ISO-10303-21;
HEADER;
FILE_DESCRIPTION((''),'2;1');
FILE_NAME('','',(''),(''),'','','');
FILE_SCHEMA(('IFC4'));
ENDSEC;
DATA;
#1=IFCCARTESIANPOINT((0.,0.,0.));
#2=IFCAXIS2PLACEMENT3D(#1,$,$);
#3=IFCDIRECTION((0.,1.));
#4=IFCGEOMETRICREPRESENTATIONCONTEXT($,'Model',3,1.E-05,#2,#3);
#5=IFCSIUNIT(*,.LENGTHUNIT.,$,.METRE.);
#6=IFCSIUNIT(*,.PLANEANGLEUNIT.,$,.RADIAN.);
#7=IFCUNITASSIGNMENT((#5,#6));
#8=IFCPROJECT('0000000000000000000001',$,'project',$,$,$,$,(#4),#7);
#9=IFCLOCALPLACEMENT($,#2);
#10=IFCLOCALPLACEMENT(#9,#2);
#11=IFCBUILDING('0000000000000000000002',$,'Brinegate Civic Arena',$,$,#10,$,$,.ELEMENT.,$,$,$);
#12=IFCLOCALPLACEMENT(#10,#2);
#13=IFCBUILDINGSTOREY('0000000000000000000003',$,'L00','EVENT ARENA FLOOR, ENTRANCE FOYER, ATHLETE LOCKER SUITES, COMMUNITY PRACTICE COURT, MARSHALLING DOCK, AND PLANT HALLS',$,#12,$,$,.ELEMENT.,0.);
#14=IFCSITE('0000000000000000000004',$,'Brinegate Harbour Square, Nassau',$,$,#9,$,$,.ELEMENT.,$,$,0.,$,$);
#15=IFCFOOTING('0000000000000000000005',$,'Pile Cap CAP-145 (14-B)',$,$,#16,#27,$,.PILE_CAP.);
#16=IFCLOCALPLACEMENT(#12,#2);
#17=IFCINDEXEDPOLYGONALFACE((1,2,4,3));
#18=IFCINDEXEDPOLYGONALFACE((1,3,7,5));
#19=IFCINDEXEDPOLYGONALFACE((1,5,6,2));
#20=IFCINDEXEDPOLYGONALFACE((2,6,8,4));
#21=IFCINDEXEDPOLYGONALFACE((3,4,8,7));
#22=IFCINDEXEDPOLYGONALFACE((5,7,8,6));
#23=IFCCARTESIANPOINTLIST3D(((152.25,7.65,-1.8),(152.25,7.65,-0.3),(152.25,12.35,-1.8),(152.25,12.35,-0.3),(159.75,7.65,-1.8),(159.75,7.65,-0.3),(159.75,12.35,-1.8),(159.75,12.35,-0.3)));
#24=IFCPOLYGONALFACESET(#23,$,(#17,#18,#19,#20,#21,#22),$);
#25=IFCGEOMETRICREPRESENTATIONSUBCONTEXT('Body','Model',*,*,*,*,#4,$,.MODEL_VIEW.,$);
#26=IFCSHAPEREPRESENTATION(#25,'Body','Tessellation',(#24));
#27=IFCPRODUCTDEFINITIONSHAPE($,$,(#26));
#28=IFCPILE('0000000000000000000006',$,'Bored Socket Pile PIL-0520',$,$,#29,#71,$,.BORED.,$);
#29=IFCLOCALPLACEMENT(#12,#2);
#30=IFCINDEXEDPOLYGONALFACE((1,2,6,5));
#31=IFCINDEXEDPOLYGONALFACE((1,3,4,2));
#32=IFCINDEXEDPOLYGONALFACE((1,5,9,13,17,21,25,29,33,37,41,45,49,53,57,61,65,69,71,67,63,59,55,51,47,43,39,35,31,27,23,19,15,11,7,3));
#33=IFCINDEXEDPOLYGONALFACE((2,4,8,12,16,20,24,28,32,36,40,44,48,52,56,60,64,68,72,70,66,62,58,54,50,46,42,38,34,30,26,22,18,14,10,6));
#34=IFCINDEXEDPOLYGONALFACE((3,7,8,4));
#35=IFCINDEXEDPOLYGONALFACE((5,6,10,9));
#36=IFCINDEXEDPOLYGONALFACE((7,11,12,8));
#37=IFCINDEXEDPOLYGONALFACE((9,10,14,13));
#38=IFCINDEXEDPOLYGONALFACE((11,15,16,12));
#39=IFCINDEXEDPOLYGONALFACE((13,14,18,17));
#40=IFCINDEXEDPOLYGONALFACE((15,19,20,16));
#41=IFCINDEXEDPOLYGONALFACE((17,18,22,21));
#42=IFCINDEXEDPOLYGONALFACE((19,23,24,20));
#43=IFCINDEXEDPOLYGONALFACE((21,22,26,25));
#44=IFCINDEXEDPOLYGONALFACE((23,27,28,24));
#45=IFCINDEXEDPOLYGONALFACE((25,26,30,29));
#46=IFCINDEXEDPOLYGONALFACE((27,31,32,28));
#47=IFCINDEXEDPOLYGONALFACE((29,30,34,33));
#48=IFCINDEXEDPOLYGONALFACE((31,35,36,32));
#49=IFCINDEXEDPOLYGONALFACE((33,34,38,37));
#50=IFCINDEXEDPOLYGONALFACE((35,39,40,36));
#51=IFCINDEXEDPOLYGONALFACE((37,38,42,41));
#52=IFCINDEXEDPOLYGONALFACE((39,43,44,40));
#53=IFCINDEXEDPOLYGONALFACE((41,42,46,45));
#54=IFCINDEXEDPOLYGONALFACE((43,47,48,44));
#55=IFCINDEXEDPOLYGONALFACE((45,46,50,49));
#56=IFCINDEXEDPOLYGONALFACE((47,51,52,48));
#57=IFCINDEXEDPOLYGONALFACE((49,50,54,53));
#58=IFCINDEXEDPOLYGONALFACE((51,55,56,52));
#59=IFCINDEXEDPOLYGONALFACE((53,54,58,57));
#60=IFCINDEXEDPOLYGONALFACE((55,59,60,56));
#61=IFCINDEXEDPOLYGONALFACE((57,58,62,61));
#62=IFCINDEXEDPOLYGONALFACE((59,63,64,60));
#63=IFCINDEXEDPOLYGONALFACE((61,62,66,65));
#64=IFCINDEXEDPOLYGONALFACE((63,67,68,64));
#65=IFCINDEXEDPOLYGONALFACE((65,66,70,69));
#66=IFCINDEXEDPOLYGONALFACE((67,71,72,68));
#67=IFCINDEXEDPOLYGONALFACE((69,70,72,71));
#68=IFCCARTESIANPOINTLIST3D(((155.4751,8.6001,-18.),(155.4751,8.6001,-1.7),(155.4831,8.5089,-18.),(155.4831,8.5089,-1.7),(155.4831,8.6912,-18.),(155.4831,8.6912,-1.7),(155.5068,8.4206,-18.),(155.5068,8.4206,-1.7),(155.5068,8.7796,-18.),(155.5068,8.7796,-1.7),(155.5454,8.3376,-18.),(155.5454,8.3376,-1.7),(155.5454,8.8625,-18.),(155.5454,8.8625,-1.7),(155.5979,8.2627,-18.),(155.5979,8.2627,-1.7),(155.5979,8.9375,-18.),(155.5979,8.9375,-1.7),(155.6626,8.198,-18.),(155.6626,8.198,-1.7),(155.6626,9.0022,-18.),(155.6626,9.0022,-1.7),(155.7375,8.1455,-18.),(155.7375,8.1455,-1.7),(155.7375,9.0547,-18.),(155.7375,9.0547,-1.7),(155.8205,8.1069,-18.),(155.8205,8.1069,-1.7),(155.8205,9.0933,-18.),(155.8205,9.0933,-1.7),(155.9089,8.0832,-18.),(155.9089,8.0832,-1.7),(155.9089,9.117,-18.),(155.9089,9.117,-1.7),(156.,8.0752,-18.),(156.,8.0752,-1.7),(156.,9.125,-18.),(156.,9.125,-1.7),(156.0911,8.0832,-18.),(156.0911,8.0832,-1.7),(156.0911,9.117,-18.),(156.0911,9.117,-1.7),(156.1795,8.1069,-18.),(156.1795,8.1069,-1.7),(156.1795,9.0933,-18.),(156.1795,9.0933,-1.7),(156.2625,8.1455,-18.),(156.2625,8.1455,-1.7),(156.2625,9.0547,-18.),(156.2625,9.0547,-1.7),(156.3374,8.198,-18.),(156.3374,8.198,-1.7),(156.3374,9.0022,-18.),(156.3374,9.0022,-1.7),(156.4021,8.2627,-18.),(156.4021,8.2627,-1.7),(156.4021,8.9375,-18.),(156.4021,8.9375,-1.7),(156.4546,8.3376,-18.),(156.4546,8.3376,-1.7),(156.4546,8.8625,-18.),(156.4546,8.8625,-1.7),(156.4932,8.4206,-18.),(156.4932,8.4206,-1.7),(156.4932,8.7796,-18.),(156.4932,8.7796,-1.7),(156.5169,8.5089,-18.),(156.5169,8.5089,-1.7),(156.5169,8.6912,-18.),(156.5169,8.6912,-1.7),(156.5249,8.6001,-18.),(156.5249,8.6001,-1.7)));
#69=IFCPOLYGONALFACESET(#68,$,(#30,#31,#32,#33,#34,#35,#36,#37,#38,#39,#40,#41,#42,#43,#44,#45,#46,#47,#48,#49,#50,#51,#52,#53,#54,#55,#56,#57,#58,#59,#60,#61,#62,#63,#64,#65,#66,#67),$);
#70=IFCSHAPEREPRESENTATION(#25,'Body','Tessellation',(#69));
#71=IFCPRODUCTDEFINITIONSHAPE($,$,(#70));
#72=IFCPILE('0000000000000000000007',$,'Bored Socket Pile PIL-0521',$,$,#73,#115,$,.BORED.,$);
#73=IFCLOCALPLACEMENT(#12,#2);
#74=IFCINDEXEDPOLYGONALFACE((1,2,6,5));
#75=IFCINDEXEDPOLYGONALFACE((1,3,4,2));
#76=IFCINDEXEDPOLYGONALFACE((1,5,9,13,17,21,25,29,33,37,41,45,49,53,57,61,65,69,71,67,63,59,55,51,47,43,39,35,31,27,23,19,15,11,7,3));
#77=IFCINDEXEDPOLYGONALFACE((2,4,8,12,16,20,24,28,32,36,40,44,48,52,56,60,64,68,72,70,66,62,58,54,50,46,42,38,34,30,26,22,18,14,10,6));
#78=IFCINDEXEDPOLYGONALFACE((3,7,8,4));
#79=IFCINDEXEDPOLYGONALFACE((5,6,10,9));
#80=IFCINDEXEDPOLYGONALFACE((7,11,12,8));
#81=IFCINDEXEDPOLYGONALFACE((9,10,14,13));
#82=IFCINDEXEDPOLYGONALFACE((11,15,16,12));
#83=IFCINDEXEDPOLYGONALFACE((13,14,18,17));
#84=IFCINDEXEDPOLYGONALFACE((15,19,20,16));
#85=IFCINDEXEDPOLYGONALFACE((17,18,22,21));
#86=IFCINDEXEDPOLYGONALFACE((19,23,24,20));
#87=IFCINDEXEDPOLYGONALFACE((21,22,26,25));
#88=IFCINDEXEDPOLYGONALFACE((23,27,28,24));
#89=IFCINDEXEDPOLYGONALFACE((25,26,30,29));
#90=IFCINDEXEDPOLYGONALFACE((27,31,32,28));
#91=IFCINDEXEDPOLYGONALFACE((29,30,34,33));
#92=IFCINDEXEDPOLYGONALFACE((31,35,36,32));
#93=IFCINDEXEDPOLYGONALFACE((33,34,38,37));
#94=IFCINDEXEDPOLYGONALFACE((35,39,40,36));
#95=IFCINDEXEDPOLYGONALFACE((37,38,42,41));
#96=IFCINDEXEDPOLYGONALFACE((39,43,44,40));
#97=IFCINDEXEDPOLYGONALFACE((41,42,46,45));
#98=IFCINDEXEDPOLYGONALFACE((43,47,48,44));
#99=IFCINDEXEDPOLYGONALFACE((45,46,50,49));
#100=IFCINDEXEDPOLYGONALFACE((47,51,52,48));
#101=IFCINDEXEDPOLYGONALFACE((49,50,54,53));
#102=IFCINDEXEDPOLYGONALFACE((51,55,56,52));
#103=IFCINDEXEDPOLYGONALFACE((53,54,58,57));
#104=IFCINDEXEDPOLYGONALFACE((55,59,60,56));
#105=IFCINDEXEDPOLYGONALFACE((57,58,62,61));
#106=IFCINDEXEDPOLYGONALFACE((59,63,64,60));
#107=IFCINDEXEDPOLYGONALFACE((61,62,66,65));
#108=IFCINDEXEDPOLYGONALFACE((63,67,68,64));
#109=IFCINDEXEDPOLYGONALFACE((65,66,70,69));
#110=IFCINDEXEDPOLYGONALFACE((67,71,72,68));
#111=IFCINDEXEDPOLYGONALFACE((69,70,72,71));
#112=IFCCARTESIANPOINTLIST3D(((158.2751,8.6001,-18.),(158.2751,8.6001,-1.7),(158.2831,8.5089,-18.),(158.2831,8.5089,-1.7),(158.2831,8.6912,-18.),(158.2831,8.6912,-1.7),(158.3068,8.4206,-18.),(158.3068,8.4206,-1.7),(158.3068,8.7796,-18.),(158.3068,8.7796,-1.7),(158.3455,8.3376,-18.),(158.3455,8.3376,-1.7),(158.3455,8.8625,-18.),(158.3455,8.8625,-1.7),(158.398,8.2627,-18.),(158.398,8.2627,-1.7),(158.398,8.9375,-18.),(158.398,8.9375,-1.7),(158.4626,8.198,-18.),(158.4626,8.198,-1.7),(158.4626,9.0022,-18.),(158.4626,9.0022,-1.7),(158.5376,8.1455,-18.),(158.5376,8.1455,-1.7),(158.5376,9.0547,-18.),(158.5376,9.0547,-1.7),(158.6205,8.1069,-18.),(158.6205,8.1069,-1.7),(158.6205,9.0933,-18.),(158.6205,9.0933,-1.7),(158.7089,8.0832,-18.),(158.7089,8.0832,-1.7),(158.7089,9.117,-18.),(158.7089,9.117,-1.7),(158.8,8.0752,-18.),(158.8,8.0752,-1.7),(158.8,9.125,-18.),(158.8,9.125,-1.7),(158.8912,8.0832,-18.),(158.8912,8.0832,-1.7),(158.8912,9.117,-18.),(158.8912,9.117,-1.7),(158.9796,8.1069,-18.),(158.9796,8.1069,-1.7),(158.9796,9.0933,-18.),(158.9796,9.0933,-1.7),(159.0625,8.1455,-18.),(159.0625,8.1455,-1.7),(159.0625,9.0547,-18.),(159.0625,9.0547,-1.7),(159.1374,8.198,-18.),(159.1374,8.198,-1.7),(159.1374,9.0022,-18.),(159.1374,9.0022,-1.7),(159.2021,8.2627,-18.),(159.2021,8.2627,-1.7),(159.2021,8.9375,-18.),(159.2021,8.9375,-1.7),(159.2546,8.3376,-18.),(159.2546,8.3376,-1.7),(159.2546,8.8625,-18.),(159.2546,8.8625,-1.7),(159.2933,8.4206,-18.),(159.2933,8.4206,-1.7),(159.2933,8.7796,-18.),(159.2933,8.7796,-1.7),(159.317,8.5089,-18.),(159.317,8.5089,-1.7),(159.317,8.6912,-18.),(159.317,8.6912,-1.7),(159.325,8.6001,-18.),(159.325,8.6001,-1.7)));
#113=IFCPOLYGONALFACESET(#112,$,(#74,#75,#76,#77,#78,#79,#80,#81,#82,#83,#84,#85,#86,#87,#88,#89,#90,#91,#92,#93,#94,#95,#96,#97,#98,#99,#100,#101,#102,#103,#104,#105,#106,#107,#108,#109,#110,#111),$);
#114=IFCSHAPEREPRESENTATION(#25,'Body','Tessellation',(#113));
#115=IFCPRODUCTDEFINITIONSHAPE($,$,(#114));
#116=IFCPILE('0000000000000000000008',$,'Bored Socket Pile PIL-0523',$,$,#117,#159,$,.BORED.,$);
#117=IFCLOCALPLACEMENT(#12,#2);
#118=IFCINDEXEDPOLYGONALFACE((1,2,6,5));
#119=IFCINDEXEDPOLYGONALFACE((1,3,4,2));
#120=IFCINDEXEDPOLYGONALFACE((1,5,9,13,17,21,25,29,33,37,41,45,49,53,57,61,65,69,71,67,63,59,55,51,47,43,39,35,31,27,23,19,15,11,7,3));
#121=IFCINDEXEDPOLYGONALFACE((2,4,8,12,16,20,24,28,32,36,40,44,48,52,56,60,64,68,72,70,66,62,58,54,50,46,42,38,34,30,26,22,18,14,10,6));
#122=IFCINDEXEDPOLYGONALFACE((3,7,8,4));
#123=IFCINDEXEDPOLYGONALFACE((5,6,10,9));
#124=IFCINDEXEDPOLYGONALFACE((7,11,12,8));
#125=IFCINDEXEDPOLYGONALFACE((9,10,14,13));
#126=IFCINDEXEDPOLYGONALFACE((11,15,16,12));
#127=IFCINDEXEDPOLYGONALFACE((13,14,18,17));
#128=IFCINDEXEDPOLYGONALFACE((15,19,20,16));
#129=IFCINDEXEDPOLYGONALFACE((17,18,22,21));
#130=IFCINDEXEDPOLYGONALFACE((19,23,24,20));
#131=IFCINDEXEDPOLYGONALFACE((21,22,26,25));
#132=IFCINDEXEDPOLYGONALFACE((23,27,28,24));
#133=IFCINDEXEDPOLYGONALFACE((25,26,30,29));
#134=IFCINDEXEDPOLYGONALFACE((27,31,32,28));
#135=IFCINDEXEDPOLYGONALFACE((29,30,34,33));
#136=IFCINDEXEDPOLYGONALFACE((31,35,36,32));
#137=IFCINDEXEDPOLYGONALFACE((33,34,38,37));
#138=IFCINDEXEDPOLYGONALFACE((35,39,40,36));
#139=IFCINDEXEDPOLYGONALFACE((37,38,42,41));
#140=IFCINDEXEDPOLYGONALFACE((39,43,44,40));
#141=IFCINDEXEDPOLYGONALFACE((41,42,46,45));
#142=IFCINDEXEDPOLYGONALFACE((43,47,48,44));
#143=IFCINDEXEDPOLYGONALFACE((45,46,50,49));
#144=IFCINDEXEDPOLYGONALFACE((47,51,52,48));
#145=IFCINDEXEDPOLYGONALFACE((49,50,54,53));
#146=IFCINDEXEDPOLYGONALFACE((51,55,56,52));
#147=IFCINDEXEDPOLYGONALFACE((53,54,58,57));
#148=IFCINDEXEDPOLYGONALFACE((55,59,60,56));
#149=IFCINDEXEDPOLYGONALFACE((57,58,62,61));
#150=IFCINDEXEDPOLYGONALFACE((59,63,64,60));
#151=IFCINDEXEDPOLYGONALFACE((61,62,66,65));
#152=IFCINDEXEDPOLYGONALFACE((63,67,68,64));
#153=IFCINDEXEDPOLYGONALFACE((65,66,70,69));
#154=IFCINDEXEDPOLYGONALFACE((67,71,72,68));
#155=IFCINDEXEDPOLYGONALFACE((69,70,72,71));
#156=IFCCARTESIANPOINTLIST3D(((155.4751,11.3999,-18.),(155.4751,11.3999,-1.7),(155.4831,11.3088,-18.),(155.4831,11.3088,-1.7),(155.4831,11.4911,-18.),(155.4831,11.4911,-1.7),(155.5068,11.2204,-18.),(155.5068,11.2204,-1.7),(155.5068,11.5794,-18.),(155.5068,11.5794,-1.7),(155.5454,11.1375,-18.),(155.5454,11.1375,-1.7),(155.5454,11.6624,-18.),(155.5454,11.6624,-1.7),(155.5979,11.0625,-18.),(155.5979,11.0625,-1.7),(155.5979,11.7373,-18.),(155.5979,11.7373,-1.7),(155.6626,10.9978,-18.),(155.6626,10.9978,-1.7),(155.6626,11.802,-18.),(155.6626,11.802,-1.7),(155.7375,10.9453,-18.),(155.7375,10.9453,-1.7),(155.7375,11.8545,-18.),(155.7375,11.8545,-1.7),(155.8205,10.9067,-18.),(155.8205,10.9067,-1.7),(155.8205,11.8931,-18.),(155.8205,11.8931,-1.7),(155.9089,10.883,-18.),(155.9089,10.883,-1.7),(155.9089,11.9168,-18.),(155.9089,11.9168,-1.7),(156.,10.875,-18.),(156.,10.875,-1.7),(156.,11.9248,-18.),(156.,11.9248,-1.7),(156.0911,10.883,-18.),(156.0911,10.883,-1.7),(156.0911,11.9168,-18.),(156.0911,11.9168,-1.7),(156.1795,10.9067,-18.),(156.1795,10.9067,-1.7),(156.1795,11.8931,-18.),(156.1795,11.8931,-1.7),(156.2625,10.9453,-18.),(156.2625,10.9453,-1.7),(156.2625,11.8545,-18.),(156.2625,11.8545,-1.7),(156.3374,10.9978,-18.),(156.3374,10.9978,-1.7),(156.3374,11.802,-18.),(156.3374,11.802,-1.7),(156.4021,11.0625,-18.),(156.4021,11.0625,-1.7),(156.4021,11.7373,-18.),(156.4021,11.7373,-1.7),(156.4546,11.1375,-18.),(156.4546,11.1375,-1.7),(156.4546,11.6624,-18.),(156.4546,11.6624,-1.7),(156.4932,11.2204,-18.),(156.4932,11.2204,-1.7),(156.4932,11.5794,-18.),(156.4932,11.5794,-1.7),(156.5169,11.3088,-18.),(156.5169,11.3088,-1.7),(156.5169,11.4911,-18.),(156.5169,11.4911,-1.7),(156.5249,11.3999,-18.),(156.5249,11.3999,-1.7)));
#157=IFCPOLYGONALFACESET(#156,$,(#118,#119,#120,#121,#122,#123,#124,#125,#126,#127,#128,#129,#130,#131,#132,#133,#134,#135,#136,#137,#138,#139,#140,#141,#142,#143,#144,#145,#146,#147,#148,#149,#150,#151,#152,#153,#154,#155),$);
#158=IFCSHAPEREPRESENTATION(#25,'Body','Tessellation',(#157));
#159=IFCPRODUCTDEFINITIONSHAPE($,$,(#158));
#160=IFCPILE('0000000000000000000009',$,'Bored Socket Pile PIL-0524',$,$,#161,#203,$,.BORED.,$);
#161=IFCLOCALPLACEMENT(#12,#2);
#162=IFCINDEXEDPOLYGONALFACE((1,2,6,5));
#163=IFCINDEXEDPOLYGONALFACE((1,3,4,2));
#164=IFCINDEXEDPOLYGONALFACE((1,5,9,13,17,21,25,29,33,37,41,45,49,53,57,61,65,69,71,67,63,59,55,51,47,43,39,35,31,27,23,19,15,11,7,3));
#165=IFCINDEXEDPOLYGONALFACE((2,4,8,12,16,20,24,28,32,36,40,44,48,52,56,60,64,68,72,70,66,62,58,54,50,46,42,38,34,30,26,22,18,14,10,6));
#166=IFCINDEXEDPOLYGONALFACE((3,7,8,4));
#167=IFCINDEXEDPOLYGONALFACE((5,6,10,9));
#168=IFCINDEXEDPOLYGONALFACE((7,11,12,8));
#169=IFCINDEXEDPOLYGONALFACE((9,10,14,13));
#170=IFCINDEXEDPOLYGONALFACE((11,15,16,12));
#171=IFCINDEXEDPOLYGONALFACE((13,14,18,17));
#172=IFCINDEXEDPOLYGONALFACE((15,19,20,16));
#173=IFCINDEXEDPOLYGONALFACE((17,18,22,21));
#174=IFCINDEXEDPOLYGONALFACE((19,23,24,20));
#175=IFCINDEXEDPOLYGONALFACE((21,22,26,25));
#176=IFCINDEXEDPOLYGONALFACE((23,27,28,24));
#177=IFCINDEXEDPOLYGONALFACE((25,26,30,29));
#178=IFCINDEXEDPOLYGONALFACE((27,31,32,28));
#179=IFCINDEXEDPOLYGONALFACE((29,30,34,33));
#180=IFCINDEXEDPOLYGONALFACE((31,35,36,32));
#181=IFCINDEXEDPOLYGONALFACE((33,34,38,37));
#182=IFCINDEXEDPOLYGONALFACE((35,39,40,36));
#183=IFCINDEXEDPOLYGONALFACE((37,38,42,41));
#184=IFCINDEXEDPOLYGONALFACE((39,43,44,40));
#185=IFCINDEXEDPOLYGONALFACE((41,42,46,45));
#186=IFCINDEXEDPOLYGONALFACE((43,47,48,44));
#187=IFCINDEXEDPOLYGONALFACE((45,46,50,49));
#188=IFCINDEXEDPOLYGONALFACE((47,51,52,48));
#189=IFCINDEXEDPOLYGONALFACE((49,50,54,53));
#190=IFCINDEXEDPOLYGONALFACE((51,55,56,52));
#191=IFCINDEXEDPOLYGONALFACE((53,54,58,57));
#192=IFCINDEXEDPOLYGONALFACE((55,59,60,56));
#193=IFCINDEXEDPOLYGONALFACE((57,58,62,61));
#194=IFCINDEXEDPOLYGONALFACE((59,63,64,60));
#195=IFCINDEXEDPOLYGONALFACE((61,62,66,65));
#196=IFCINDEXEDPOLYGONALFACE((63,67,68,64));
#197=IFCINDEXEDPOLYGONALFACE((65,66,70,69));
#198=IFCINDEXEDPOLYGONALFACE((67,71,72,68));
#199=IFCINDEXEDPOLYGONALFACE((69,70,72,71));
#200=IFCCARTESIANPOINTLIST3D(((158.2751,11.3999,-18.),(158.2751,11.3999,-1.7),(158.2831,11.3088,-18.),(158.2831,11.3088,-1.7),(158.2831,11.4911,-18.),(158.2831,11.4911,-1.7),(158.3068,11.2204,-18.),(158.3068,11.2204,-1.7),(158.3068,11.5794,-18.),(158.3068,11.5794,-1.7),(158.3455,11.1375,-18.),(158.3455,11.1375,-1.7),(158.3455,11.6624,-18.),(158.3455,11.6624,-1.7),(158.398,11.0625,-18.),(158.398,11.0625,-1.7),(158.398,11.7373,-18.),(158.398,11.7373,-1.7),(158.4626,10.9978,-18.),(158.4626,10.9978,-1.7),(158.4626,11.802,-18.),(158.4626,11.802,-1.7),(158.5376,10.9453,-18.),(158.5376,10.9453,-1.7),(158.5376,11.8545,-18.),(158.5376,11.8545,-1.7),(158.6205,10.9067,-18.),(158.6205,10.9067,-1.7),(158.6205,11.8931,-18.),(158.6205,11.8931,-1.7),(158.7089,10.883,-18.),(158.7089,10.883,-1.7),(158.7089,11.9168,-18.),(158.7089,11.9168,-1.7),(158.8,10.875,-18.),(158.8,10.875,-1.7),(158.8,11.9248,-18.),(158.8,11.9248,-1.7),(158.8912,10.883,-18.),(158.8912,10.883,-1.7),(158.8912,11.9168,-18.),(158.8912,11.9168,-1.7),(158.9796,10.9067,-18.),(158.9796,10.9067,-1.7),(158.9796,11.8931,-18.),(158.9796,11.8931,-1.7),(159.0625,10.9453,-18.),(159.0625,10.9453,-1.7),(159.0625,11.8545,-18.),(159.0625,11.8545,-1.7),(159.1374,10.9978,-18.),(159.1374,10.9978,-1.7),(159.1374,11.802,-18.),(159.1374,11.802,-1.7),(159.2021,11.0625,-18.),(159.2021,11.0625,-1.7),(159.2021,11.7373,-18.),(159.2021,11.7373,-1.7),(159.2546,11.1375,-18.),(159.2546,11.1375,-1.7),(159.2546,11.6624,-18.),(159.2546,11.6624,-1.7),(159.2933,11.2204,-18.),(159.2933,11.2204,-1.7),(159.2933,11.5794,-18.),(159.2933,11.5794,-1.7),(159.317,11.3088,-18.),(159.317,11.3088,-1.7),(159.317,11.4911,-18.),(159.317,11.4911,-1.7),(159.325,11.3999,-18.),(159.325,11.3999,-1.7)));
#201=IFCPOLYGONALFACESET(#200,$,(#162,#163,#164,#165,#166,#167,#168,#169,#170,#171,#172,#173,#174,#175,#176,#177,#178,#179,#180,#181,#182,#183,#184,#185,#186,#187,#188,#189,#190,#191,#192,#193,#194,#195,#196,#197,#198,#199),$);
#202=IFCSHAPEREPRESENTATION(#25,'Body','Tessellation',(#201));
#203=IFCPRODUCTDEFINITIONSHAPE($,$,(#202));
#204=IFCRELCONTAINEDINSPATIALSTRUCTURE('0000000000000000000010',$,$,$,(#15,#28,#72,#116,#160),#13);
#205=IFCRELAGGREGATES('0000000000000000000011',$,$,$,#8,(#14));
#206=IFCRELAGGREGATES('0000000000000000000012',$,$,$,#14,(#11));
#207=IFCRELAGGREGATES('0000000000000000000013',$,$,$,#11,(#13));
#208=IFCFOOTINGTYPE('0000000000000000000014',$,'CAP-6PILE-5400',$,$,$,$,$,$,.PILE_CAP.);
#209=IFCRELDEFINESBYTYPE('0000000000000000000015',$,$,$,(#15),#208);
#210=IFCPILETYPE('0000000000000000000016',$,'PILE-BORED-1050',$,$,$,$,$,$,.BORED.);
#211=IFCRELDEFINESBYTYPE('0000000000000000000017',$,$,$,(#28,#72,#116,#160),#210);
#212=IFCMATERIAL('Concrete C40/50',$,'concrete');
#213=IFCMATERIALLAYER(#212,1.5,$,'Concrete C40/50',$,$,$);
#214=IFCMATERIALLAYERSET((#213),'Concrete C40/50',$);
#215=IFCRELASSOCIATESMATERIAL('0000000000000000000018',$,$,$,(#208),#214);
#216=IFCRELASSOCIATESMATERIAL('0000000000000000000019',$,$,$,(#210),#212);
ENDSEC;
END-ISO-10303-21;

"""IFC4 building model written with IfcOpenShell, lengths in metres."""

from ifc_helpers import new_model, si_unit, direction, frame, origin, origin_2d, place, context, subcontext, project, spatial, rectangle, circle, extrude, material, layer, layer_set, material_profile, profile_set, type_object, element, save


model = new_model("IFC4")

# Units and contexts
model_context = context("Model", 3, precision=1e-05, world=origin(), true_north=direction((0.0, 1.0)))
body_context = subcontext(model_context, "Body", "Model", "MODEL_VIEW")
ifc_project = project(units=[si_unit("LENGTHUNIT", "METRE"), si_unit("PLANEANGLEUNIT", "RADIAN")], contexts=[model_context])

# Site, building, storey
site_placement = place(None, origin())
site = spatial("IfcSite", under=ifc_project, at=site_placement, Name="Brinegate Harbour Square, Nassau", CompositionType="ELEMENT", RefElevation=0.0)
building_placement = place(site_placement, origin())
building = spatial("IfcBuilding", under=site, at=building_placement, Name="Brinegate Civic Arena", CompositionType="ELEMENT")
storey_placement = place(building_placement, origin())
storey = spatial("IfcBuildingStorey", under=building, at=storey_placement, Name="L00", Description="EVENT ARENA FLOOR, ENTRANCE FOYER, ATHLETE LOCKER SUITES, COMMUNITY PRACTICE COURT, MARSHALLING DOCK, AND PLANT HALLS", CompositionType="ELEMENT", Elevation=0.0)

# Footing
ifc_material_1 = material(Name="Concrete C40/50", Category="concrete")
ifc_layer_1 = layer(ifc_material_1, 1.5, Name="Concrete C40/50")
ifc_layer_set_1 = layer_set([ifc_layer_1], Name="Concrete C40/50")
footing_type_1 = type_object("IfcFootingType", Name="CAP-6PILE-5400", PredefinedType="PILE_CAP", material=ifc_layer_set_1)
footing_1_placement = place(storey_placement, frame((156.0, 10.0, -1.8), z_axis=(0.0, 0.0, 1.0), x_axis=(1.0, 0.0, 0.0)))
element("IfcFooting", 1, at=footing_1_placement, inside=storey, type_object=footing_type_1, Name="Pile Cap CAP-145 (14-B)", PredefinedType="PILE_CAP", context=body_context, shape_type="SweptSolid", body=[
    extrude(rectangle(XDim=7.5, YDim=4.7, at=origin_2d()), origin(), (0.0, 0.0, 1.0), 1.5),
])

# Piles
ifc_material_profile_1 = material_profile(ifc_material_1, circle(Radius=0.5249, at=origin_2d()), Name="PILED1050")
ifc_profile_set_1 = profile_set([ifc_material_profile_1], Name="Concrete C40/50")
pile_type = type_object("IfcPileType", Name="PILE-BORED-1050", PredefinedType="BORED", material=ifc_profile_set_1)
for number, where, z_axis, x_axis, name in (
    (2, (156.0, 8.6001, -1.7), (0.0, 0.0, -1.0), (1.0, 0.0, 0.0), "Bored Socket Pile PIL-0520"),
    (3, (158.8, 8.6001, -1.7), (0.0, 0.0, -1.0), (1.0, 0.0, 0.0), "Bored Socket Pile PIL-0521"),
    (4, (156.0, 11.3999, -1.7), (0.0, 0.0, -1.0), (1.0, 0.0, 0.0), "Bored Socket Pile PIL-0523"),
    (5, (158.8, 11.3999, -1.7), (0.0, 0.0, -1.0), (1.0, 0.0, 0.0), "Bored Socket Pile PIL-0524"),
):
    element("IfcPile", number, at=place(storey_placement, frame(where, z_axis=z_axis, x_axis=x_axis)), inside=storey, type_object=pile_type, Name=name, PredefinedType="BORED", context=body_context, shape_type="SweptSolid", body=[
        extrude(circle(Radius=0.5249, at=origin_2d()), origin(), (0.0, 0.0, 1.0), 16.3),
    ])

save(model, "model.ifc")
